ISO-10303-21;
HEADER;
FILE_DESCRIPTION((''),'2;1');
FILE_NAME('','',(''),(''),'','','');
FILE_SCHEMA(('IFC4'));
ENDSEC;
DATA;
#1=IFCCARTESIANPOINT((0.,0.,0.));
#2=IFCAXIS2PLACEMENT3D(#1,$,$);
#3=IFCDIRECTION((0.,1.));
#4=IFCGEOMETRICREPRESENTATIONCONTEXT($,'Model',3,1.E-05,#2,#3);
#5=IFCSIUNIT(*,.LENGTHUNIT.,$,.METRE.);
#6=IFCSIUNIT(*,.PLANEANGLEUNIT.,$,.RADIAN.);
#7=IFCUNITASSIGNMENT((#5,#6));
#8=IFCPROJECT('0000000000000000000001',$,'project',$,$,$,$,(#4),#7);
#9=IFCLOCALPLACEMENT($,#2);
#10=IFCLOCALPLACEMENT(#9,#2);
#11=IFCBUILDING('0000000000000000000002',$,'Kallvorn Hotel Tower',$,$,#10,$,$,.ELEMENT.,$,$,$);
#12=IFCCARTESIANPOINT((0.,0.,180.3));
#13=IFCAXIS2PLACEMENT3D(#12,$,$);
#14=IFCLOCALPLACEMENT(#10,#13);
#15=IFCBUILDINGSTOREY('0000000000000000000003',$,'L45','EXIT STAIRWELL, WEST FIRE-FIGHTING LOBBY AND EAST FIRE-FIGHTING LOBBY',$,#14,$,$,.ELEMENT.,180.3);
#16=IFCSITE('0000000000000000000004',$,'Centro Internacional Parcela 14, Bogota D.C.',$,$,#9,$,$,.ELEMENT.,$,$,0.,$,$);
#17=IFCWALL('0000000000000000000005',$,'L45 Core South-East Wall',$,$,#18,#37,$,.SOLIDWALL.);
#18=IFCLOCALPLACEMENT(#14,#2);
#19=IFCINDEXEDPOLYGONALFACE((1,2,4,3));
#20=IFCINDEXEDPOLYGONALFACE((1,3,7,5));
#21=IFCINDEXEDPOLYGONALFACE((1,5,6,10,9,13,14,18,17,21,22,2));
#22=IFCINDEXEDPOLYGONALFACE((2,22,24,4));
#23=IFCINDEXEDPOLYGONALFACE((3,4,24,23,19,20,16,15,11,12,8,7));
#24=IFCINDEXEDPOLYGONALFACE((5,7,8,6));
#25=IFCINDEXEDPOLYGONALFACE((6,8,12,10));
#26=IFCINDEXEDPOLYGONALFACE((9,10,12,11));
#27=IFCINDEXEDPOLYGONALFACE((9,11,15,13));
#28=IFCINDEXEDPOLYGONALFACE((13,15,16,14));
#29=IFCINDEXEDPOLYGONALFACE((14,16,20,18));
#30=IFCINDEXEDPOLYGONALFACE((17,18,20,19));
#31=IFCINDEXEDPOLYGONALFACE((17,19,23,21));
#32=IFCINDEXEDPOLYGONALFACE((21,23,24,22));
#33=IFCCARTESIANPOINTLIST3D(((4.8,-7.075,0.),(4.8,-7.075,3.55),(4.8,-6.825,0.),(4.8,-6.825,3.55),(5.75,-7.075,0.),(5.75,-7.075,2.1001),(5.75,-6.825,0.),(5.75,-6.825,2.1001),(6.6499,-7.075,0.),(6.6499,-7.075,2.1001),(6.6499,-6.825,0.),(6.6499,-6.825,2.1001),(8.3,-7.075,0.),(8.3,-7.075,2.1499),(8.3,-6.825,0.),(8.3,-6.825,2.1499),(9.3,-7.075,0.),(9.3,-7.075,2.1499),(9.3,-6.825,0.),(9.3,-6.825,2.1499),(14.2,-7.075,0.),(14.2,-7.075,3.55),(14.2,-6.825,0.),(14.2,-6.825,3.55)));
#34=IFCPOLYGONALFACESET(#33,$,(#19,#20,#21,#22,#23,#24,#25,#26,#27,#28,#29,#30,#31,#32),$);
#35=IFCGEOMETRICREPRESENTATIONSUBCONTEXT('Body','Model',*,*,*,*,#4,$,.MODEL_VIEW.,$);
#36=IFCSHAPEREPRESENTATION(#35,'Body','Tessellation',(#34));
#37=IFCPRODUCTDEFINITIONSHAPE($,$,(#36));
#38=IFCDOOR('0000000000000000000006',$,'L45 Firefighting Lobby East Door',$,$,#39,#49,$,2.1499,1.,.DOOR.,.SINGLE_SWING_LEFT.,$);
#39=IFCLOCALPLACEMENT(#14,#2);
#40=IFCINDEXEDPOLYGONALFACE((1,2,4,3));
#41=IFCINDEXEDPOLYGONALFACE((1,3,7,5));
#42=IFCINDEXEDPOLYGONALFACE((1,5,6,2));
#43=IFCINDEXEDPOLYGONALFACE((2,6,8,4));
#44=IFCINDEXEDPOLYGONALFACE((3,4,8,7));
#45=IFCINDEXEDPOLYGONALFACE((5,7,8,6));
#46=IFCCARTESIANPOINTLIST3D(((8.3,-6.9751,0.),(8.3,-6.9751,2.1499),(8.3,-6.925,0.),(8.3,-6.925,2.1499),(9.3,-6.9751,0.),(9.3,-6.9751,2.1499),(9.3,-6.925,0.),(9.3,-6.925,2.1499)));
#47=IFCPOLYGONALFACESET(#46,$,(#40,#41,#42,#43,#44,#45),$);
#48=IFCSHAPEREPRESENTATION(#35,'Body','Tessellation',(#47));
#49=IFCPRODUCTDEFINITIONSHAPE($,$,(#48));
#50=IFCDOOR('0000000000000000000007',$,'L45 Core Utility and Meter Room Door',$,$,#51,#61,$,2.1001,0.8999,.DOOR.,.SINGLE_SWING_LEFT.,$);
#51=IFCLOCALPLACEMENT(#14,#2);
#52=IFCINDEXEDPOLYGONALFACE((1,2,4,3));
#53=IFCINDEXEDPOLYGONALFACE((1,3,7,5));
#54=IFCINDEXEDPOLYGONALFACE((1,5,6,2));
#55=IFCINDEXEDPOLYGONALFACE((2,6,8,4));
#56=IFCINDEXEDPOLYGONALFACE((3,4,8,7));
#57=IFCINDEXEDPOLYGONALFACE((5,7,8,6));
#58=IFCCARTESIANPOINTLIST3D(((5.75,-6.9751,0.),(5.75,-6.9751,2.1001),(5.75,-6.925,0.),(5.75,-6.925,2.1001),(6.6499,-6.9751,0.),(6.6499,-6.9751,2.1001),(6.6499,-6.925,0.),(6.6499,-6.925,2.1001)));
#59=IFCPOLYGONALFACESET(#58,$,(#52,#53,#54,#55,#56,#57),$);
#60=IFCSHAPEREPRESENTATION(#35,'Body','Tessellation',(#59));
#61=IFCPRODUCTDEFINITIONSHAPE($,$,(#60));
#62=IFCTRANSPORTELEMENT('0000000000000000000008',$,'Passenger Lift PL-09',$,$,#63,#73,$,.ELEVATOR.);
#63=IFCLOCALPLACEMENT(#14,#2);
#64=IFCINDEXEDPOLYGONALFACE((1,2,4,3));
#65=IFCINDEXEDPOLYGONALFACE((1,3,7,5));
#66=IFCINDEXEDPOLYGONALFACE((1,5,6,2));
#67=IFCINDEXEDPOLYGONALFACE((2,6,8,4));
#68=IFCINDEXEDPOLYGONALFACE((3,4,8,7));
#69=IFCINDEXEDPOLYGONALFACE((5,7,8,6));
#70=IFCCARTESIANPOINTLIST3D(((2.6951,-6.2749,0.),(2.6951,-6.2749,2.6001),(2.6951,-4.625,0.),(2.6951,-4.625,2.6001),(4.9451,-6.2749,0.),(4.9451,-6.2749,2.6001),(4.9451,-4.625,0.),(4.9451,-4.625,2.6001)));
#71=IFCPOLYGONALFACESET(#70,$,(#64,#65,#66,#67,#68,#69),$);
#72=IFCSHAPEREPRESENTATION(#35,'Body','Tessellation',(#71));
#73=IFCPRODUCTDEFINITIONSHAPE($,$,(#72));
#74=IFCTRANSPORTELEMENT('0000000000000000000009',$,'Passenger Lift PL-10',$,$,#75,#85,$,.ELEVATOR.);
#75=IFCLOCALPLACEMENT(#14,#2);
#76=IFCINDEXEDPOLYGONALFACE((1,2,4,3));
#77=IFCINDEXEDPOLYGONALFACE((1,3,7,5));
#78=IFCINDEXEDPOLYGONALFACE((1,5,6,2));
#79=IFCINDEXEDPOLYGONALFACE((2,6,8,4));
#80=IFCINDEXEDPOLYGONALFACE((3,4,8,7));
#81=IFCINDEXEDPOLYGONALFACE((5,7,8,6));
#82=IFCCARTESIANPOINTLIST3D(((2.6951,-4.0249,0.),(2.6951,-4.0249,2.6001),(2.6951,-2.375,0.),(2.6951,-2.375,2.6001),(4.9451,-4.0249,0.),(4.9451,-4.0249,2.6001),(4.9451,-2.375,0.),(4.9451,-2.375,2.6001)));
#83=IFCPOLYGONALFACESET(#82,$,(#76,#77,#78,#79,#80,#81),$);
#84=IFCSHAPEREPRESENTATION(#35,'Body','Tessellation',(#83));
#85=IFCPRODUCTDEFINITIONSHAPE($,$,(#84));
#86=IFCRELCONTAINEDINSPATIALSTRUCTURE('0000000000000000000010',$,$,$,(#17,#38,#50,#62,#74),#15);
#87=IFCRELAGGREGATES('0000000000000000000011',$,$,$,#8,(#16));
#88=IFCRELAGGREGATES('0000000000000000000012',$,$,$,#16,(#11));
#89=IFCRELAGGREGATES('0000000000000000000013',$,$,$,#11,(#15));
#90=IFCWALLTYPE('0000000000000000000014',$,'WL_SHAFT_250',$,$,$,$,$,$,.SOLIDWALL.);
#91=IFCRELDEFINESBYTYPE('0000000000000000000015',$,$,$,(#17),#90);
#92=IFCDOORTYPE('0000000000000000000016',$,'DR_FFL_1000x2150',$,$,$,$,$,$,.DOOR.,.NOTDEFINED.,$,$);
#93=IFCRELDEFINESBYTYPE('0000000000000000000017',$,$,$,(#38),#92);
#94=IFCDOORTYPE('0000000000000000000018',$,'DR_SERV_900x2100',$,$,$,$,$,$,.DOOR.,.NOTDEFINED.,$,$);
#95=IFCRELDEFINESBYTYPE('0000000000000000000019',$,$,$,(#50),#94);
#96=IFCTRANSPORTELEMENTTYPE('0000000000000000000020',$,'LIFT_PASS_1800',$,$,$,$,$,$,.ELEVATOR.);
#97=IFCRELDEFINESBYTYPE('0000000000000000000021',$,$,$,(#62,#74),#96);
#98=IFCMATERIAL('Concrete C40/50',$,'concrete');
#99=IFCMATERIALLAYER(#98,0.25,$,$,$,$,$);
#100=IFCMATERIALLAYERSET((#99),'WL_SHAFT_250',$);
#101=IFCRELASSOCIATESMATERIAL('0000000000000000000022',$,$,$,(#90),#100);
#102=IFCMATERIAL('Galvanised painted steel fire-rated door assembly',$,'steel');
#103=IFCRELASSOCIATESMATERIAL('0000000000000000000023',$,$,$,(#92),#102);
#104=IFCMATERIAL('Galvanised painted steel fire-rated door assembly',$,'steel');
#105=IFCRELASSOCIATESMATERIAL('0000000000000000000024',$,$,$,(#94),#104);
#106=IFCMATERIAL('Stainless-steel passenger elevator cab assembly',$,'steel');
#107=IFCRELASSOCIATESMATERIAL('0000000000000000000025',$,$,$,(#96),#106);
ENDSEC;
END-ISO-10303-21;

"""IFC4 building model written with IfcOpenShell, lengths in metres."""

from ifc_helpers import new_model, si_unit, direction, frame, frame_2d, origin, origin_2d, place, context, subcontext, project, spatial, rectangle, extrude, material, layer, layer_set, type_object, element, fill, save


model = new_model("IFC4")

# Units and contexts
model_context = context("Model", 3, precision=1e-05, world=origin(), true_north=direction((0.0, 1.0)))
body_context = subcontext(model_context, "Body", "Model", "MODEL_VIEW")
ifc_project = project(units=[si_unit("LENGTHUNIT", "METRE"), si_unit("PLANEANGLEUNIT", "RADIAN")], contexts=[model_context])

# Site, building, storey
site_placement = place(None, origin())
site = spatial("IfcSite", under=ifc_project, at=site_placement, Name="Centro Internacional Parcela 14, Bogota D.C.", CompositionType="ELEMENT", RefElevation=0.0)
building_placement = place(site_placement, origin())
building = spatial("IfcBuilding", under=site, at=building_placement, Name="Kallvorn Hotel Tower", CompositionType="ELEMENT")
storey_placement = place(building_placement, frame((0.0, 0.0, 180.3)))
storey = spatial("IfcBuildingStorey", under=building, at=storey_placement, Name="L45", Description="EXIT STAIRWELL, WEST FIRE-FIGHTING LOBBY AND EAST FIRE-FIGHTING LOBBY", CompositionType="ELEMENT", Elevation=180.3)

# Wall, openings, doors
ifc_material_1 = material(Name="Concrete C40/50", Category="concrete")
ifc_layer_1 = layer(ifc_material_1, 0.25)
ifc_layer_set_1 = layer_set([ifc_layer_1], Name="WL_SHAFT_250")
wall_type_1 = type_object("IfcWallType", Name="WL_SHAFT_250", PredefinedType="SOLIDWALL", material=ifc_layer_set_1)
wall_1_placement = place(storey_placement, frame((4.8, -6.95, 0.0), z_axis=(0.0, 0.0, 1.0), x_axis=(1.0, 0.0, 0.0)))
wall_1 = element("IfcWall", 1, at=wall_1_placement, inside=storey, type_object=wall_type_1, Name="L45 Core South-East Wall", PredefinedType="SOLIDWALL", context=body_context, shape_type="SweptSolid", body=[
    extrude(rectangle(XDim=9.3999, YDim=0.25, at=frame_2d((4.7, 0.0))), origin(), (0.0, 0.0, 1.0), 3.55),
])
opening_1_placement = place(wall_1_placement, frame((3.5, 0.0, 0.0)))
opening_1 = element("IfcOpeningElement", 2, at=opening_1_placement, cuts=wall_1, PredefinedType="OPENING", context=body_context, shape_type="SweptSolid", body=[
    extrude(rectangle(XDim=1.0, YDim=2.1499, at=frame_2d((0.5, 1.075))), frame((0.0, 0.1399, 0.0), z_axis=(0.0, -1.0, 0.0), x_axis=(1.0, 0.0, 0.0)), (0.0, 0.0, 1.0), 0.28),
])
opening_2_placement = place(wall_1_placement, frame((0.95, 0.0, 0.0)))
opening_2 = element("IfcOpeningElement", 3, at=opening_2_placement, cuts=wall_1, PredefinedType="OPENING", context=body_context, shape_type="SweptSolid", body=[
    extrude(rectangle(XDim=0.8999, YDim=2.1001, at=frame_2d((0.45, 1.05))), frame((0.0, 0.1399, 0.0), z_axis=(0.0, -1.0, 0.0), x_axis=(1.0, 0.0, 0.0)), (0.0, 0.0, 1.0), 0.28),
])
ifc_material_2 = material(Name="Galvanised painted steel fire-rated door assembly", Category="steel")
door_type_1 = type_object("IfcDoorType", Name="DR_FFL_1000x2150", OperationType="NOTDEFINED", PredefinedType="DOOR", material=ifc_material_2)
door_1_placement = place(opening_1_placement, origin())
door_1 = element("IfcDoor", 4, at=door_1_placement, inside=storey, type_object=door_type_1, Name="L45 Firefighting Lobby East Door", OperationType="SINGLE_SWING_LEFT", OverallHeight=2.1499, OverallWidth=1.0, PredefinedType="DOOR", context=body_context, shape_type="SweptSolid", body=[
    extrude(rectangle(XDim=1.0, YDim=2.1499, at=frame_2d((0.5, 1.075))), frame((0.0, 0.0249, 0.0), z_axis=(0.0, -1.0, 0.0), x_axis=(1.0, 0.0, 0.0)), (0.0, 0.0, 1.0), 0.05),
])
fill(opening_1, door_1)
ifc_material_3 = material(Name="Galvanised painted steel fire-rated door assembly", Category="steel")
door_type_2 = type_object("IfcDoorType", Name="DR_SERV_900x2100", OperationType="NOTDEFINED", PredefinedType="DOOR", material=ifc_material_3)
door_2_placement = place(opening_2_placement, origin())
door_2 = element("IfcDoor", 5, at=door_2_placement, inside=storey, type_object=door_type_2, Name="L45 Core Utility and Meter Room Door", OperationType="SINGLE_SWING_LEFT", OverallHeight=2.1001, OverallWidth=0.8999, PredefinedType="DOOR", context=body_context, shape_type="SweptSolid", body=[
    extrude(rectangle(XDim=0.8999, YDim=2.1001, at=frame_2d((0.45, 1.05))), frame((0.0, 0.0249, 0.0), z_axis=(0.0, -1.0, 0.0), x_axis=(1.0, 0.0, 0.0)), (0.0, 0.0, 1.0), 0.05),
])
fill(opening_2, door_2)

# Transport elements
ifc_material_4 = material(Name="Stainless-steel passenger elevator cab assembly", Category="steel")
transport_element_type = type_object("IfcTransportElementType", Name="LIFT_PASS_1800", PredefinedType="ELEVATOR", material=ifc_material_4)
for number, where, z_axis, x_axis, name in (
    (6, (3.8201, -5.45, 0.0), (0.0, 0.0, 1.0), (1.0, 0.0, 0.0), "Passenger Lift PL-09"),
    (7, (3.8201, -3.2, 0.0), (0.0, 0.0, 1.0), (1.0, 0.0, 0.0), "Passenger Lift PL-10"),
):
    element("IfcTransportElement", number, at=place(storey_placement, frame(where, z_axis=z_axis, x_axis=x_axis)), inside=storey, type_object=transport_element_type, Name=name, PredefinedType="ELEVATOR", context=body_context, shape_type="SweptSolid", body=[
        extrude(rectangle(XDim=2.25, YDim=1.6499, at=origin_2d()), origin(), (0.0, 0.0, 1.0), 2.6001),
    ])

save(model, "model.ifc")
